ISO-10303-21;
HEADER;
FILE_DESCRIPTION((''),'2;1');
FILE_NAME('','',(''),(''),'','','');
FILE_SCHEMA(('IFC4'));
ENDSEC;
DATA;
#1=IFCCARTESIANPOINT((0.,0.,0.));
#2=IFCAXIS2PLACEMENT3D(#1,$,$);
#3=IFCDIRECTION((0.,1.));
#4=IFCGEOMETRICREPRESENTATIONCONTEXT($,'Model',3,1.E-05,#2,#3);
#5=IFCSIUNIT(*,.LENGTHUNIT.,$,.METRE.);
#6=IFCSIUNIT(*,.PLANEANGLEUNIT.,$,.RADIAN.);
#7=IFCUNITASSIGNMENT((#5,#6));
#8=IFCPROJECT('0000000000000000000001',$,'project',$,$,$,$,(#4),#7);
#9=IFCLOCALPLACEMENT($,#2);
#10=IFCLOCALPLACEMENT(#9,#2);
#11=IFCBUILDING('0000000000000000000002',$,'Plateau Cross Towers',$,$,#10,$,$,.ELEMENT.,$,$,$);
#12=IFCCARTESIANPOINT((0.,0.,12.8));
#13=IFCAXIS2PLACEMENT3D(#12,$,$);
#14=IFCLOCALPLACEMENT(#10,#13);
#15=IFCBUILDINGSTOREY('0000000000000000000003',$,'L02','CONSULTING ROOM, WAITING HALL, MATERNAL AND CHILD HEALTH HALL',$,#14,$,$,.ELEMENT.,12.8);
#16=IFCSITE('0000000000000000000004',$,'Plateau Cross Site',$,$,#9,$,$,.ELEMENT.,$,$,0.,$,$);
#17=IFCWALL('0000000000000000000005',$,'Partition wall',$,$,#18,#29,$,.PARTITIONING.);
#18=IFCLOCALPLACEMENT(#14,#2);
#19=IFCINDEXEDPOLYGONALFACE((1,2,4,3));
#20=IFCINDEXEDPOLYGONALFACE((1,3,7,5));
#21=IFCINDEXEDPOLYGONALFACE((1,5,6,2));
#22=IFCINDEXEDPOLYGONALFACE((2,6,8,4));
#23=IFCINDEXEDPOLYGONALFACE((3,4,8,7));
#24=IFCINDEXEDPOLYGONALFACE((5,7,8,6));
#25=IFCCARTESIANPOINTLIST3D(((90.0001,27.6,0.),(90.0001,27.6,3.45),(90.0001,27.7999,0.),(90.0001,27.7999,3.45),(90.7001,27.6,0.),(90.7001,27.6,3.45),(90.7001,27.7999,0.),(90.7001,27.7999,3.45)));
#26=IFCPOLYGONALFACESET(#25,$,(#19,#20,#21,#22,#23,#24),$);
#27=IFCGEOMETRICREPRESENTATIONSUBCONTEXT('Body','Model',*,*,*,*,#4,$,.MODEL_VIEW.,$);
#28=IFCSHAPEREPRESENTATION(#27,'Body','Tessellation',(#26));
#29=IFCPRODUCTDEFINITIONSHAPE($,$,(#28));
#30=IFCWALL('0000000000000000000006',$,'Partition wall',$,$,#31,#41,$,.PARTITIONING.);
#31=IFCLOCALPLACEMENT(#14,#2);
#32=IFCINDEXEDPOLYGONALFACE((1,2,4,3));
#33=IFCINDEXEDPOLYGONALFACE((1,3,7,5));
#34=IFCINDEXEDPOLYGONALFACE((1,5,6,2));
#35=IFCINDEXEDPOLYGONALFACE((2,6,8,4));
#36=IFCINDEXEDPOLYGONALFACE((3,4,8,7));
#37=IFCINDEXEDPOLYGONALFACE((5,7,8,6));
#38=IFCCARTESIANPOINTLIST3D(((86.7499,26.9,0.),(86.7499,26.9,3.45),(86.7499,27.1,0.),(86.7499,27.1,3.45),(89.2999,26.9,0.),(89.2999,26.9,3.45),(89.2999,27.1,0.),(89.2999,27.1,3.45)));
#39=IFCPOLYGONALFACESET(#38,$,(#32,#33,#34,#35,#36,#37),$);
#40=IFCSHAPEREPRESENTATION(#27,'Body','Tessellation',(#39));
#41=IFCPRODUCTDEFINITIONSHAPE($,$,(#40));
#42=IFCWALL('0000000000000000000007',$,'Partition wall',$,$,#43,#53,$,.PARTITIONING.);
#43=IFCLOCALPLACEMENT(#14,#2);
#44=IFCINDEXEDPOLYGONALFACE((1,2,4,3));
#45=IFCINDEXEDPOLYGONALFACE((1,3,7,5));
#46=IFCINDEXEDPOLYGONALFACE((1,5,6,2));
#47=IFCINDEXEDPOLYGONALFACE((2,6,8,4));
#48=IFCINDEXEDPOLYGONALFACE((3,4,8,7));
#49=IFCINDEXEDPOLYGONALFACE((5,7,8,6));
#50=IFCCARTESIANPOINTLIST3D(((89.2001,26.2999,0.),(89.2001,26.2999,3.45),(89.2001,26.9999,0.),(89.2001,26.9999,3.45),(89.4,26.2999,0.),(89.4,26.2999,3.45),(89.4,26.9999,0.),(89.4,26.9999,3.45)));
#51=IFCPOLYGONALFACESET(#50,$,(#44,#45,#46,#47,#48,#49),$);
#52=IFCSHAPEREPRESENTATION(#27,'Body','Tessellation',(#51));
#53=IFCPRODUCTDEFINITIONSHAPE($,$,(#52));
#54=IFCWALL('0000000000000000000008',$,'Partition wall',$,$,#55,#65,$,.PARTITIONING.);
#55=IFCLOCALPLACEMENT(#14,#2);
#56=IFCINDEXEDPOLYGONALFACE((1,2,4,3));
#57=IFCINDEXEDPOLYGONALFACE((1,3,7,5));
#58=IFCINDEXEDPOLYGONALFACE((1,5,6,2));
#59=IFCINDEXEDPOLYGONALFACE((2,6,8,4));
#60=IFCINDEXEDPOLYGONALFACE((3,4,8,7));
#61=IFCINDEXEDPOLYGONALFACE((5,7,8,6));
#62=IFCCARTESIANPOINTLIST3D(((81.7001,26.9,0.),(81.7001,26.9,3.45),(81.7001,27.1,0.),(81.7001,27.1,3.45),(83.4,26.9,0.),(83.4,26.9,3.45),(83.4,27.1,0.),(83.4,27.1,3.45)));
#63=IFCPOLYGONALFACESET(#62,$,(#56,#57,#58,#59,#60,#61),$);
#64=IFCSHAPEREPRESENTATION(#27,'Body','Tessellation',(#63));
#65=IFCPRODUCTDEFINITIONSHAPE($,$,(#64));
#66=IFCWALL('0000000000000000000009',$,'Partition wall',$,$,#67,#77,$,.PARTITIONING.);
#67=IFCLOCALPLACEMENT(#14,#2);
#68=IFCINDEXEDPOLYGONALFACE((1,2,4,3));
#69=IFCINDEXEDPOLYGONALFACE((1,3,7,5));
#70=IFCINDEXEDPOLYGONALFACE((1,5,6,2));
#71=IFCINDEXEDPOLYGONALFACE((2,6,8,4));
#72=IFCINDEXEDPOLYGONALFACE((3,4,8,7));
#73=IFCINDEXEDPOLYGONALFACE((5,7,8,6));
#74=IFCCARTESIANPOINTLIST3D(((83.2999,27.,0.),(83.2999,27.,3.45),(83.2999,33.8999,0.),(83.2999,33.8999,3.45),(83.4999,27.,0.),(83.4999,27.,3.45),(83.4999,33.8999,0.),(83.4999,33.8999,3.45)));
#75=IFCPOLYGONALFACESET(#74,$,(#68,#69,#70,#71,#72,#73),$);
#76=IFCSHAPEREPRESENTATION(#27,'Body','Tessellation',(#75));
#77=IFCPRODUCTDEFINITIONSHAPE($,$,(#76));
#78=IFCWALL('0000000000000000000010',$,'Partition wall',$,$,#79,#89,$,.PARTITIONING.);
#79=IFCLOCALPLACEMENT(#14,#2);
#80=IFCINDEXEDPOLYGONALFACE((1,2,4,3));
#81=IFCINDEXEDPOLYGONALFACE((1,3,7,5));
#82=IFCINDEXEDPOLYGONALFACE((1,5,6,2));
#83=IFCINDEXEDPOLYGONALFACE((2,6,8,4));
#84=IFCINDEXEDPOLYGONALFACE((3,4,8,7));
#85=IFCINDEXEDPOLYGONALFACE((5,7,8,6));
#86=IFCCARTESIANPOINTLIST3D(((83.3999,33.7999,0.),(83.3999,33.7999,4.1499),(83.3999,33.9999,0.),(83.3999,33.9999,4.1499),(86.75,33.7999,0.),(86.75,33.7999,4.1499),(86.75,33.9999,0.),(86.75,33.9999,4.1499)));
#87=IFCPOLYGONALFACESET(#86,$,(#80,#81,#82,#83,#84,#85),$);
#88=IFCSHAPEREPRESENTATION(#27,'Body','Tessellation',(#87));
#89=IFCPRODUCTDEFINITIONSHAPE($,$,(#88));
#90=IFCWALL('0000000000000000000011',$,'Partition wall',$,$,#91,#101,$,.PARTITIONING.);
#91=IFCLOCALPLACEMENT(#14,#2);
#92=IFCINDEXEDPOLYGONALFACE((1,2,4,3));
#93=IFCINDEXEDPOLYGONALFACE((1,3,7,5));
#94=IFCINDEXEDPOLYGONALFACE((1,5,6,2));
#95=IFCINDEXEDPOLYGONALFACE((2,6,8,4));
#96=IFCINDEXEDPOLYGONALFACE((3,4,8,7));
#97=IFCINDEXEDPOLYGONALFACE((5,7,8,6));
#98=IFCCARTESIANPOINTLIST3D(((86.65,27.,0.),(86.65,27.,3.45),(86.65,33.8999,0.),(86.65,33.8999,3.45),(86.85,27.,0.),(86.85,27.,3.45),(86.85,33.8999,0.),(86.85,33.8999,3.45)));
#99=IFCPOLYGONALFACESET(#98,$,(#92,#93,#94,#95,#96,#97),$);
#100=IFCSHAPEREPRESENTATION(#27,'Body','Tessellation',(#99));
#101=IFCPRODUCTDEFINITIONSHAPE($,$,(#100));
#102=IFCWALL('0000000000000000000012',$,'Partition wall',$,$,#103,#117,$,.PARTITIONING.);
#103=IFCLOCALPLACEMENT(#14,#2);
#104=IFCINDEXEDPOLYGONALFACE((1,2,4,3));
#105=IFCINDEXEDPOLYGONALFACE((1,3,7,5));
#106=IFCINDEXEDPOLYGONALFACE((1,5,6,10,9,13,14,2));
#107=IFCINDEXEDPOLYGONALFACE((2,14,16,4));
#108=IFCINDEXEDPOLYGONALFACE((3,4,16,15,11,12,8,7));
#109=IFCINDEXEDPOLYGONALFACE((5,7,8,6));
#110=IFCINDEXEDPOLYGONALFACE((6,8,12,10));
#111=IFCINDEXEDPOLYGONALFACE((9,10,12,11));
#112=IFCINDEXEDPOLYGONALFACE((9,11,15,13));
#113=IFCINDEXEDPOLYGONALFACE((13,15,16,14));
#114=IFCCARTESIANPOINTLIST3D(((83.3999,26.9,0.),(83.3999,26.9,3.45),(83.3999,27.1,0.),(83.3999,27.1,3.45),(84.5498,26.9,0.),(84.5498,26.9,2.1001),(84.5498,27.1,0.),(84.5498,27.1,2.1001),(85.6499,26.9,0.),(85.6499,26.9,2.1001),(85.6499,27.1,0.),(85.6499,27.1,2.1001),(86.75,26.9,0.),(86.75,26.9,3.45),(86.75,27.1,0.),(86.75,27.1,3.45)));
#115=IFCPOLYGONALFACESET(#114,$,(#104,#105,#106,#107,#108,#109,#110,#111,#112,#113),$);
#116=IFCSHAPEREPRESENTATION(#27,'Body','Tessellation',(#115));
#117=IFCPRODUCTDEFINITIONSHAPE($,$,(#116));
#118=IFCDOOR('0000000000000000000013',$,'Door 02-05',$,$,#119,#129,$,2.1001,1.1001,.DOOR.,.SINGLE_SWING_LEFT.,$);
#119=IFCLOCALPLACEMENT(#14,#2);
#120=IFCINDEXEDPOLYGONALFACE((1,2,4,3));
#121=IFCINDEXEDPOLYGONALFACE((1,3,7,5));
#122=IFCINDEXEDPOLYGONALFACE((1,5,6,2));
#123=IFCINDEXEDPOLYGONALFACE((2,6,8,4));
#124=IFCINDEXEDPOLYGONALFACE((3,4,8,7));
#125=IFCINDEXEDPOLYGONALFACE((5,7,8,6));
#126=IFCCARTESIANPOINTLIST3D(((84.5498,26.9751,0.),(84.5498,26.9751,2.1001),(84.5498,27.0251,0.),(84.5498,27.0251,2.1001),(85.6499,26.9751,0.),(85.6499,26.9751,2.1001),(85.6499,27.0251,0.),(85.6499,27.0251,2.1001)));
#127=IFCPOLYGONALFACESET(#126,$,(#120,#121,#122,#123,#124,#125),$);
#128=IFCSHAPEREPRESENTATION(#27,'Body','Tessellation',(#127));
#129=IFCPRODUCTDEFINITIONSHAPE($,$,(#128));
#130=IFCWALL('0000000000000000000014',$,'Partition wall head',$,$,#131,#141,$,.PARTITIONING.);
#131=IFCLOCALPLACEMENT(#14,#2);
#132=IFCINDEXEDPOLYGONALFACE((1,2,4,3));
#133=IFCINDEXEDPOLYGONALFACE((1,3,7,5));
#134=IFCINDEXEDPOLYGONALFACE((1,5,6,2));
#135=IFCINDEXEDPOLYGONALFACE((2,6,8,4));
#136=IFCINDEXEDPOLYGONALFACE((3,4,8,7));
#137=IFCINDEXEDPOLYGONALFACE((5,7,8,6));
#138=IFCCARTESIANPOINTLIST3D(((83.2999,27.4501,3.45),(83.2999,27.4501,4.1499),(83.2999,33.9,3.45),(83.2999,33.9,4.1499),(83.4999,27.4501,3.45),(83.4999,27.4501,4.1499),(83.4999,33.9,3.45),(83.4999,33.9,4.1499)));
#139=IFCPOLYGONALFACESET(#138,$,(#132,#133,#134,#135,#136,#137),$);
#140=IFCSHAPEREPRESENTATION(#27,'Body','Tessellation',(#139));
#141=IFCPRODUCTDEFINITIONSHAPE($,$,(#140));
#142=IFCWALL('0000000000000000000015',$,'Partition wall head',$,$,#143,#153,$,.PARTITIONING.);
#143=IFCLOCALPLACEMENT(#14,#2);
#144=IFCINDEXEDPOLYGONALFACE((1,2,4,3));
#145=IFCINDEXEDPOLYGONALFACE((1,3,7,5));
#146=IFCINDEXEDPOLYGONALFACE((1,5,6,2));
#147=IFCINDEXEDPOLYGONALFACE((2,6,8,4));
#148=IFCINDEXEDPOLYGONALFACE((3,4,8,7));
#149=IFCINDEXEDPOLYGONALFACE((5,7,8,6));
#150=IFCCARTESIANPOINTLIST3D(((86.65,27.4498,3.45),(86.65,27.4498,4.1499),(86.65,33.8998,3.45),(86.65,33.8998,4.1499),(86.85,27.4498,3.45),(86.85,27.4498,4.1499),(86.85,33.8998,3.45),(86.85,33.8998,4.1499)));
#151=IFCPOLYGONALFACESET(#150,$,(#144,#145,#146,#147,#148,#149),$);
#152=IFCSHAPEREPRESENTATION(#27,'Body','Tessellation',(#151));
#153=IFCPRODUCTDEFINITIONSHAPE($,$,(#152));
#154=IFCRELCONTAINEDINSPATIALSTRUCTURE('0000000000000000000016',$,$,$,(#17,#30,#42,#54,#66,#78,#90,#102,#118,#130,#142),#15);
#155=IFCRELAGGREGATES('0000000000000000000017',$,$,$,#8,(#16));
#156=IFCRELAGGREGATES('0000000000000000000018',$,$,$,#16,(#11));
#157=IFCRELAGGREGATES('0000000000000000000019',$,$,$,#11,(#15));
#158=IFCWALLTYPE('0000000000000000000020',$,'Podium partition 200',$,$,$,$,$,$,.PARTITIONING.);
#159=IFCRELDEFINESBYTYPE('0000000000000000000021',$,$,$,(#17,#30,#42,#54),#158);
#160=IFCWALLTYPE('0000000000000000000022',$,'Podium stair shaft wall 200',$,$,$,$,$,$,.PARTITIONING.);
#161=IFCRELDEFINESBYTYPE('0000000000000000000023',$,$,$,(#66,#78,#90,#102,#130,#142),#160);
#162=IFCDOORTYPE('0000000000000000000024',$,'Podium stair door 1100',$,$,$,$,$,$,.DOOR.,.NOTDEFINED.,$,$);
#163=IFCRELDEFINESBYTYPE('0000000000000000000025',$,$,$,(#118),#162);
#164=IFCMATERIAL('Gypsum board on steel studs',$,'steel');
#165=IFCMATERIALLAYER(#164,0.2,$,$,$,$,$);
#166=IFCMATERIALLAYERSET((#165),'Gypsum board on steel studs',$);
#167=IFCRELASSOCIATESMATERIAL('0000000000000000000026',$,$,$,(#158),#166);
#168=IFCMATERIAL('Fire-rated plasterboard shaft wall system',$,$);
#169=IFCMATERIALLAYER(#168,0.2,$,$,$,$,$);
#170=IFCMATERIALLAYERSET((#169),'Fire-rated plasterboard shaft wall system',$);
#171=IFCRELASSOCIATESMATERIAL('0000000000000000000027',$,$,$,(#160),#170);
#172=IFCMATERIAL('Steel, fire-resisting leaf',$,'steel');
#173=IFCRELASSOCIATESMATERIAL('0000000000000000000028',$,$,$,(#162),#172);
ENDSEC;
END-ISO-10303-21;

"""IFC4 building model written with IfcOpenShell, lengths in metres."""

from ifc_helpers import new_model, si_unit, direction, frame, frame_2d, origin, place, context, subcontext, project, spatial, rectangle, extrude, material, layer, layer_set, type_object, element, fill, save


model = new_model("IFC4")

# Units and contexts
model_context = context("Model", 3, precision=1e-05, world=origin(), true_north=direction((0.0, 1.0)))
body_context = subcontext(model_context, "Body", "Model", "MODEL_VIEW")
ifc_project = project(units=[si_unit("LENGTHUNIT", "METRE"), si_unit("PLANEANGLEUNIT", "RADIAN")], contexts=[model_context])

# Site, building, storey
site_placement = place(None, origin())
site = spatial("IfcSite", under=ifc_project, at=site_placement, Name="Plateau Cross Site", CompositionType="ELEMENT", RefElevation=0.0)
building_placement = place(site_placement, origin())
building = spatial("IfcBuilding", under=site, at=building_placement, Name="Plateau Cross Towers", CompositionType="ELEMENT")
storey_placement = place(building_placement, frame((0.0, 0.0, 12.8)))
storey = spatial("IfcBuildingStorey", under=building, at=storey_placement, Name="L02", Description="CONSULTING ROOM, WAITING HALL, MATERNAL AND CHILD HEALTH HALL", CompositionType="ELEMENT", Elevation=12.8)

# Shared definitions
ifc_material_1 = material(Name="Gypsum board on steel studs", Category="steel")
ifc_layer_1 = layer(ifc_material_1, 0.2)
ifc_layer_set_1 = layer_set([ifc_layer_1], Name="Gypsum board on steel studs")
wall_type_1 = type_object("IfcWallType", Name="Podium partition 200", PredefinedType="PARTITIONING", material=ifc_layer_set_1)

# Walls
wall_1_placement = place(storey_placement, frame((90.0, 27.7, 0.0), z_axis=(0.0, 0.0, 1.0), x_axis=(1.0, 0.0, 0.0)))
element("IfcWall", 1, at=wall_1_placement, inside=storey, type_object=wall_type_1, Name="Partition wall", PredefinedType="PARTITIONING", context=body_context, shape_type="SweptSolid", body=[
    extrude(rectangle(XDim=0.7, YDim=0.2, at=frame_2d((0.3501, 0.0))), origin(), (0.0, 0.0, 1.0), 3.45),
])
wall_2_placement = place(storey_placement, frame((86.75, 27.0, 0.0), z_axis=(0.0, 0.0, 1.0), x_axis=(1.0, 0.0, 0.0)))
element("IfcWall", 2, at=wall_2_placement, inside=storey, type_object=wall_type_1, Name="Partition wall", PredefinedType="PARTITIONING", context=body_context, shape_type="SweptSolid", body=[
    extrude(rectangle(XDim=2.55, YDim=0.2, at=frame_2d((1.2749, 0.0))), origin(), (0.0, 0.0, 1.0), 3.45),
])
wall_3_placement = place(storey_placement, frame((89.3, 27.0, 0.0), z_axis=(0.0, 0.0, 1.0), x_axis=(0.0, -1.0, 0.0)))
element("IfcWall", 3, at=wall_3_placement, inside=storey, type_object=wall_type_1, Name="Partition wall", PredefinedType="PARTITIONING", context=body_context, shape_type="SweptSolid", body=[
    extrude(rectangle(XDim=0.7, YDim=0.2, at=frame_2d((0.3501, 0.0))), origin(), (0.0, 0.0, 1.0), 3.45),
])
wall_4_placement = place(storey_placement, frame((81.7, 27.0, 0.0), z_axis=(0.0, 0.0, 1.0), x_axis=(1.0, 0.0, 0.0)))
element("IfcWall", 4, at=wall_4_placement, inside=storey, type_object=wall_type_1, Name="Partition wall", PredefinedType="PARTITIONING", context=body_context, shape_type="SweptSolid", body=[
    extrude(rectangle(XDim=1.7, YDim=0.2, at=frame_2d((0.8501, 0.0))), origin(), (0.0, 0.0, 1.0), 3.45),
])
ifc_material_2 = material(Name="Fire-rated plasterboard shaft wall system")
ifc_layer_2 = layer(ifc_material_2, 0.2)
ifc_layer_set_2 = layer_set([ifc_layer_2], Name="Fire-rated plasterboard shaft wall system")
wall_type_2 = type_object("IfcWallType", Name="Podium stair shaft wall 200", PredefinedType="PARTITIONING", material=ifc_layer_set_2)
wall_5_placement = place(storey_placement, frame((83.3999, 27.0, 0.0), z_axis=(0.0, 0.0, 1.0), x_axis=(0.0, 1.0, 0.0)))
element("IfcWall", 5, at=wall_5_placement, inside=storey, type_object=wall_type_2, Name="Partition wall", PredefinedType="PARTITIONING", context=body_context, shape_type="SweptSolid", body=[
    extrude(rectangle(XDim=6.8999, YDim=0.2, at=frame_2d((3.45, 0.0))), origin(), (0.0, 0.0, 1.0), 3.45),
])
wall_6_placement = place(storey_placement, frame((83.3999, 33.8999, 0.0), z_axis=(0.0, 0.0, 1.0), x_axis=(1.0, 0.0, 0.0)))
element("IfcWall", 6, at=wall_6_placement, inside=storey, type_object=wall_type_2, Name="Partition wall", PredefinedType="PARTITIONING", context=body_context, shape_type="SweptSolid", body=[
    extrude(rectangle(XDim=3.3501, YDim=0.2, at=frame_2d((1.675, 0.0))), origin(), (0.0, 0.0, 1.0), 4.1499),
])
wall_7_placement = place(storey_placement, frame((86.75, 33.8999, 0.0), z_axis=(0.0, 0.0, 1.0), x_axis=(0.0, -1.0, 0.0)))
element("IfcWall", 7, at=wall_7_placement, inside=storey, type_object=wall_type_2, Name="Partition wall", PredefinedType="PARTITIONING", context=body_context, shape_type="SweptSolid", body=[
    extrude(rectangle(XDim=6.8999, YDim=0.2, at=frame_2d((3.45, 0.0))), origin(), (0.0, 0.0, 1.0), 3.45),
])

# Wall, opening, door
wall_8_placement = place(storey_placement, frame((86.75, 27.0, 0.0), z_axis=(0.0, 0.0, 1.0), x_axis=(-1.0, 0.0, 0.0)))
wall_8 = element("IfcWall", 8, at=wall_8_placement, inside=storey, type_object=wall_type_2, Name="Partition wall", PredefinedType="PARTITIONING", context=body_context, shape_type="SweptSolid", body=[
    extrude(rectangle(XDim=3.3501, YDim=0.2, at=frame_2d((1.675, 0.0))), origin(), (0.0, 0.0, 1.0), 3.45),
])
opening_1_placement = place(wall_8_placement, frame((1.1001, 0.0, 0.0)))
opening_1 = element("IfcOpeningElement", 9, at=opening_1_placement, cuts=wall_8, PredefinedType="OPENING", context=body_context, shape_type="SweptSolid", body=[
    extrude(rectangle(XDim=1.1001, YDim=2.1001, at=frame_2d((0.55, 1.05))), frame((0.0, 0.1099, 0.0), z_axis=(0.0, -1.0, 0.0), x_axis=(1.0, 0.0, 0.0)), (0.0, 0.0, 1.0), 0.22),
])
ifc_material_3 = material(Name="Steel, fire-resisting leaf", Category="steel")
door_type_1 = type_object("IfcDoorType", Name="Podium stair door 1100", OperationType="NOTDEFINED", PredefinedType="DOOR", material=ifc_material_3)
door_1_placement = place(opening_1_placement, origin())
door_1 = element("IfcDoor", 10, at=door_1_placement, inside=storey, type_object=door_type_1, Name="Door 02-05", OperationType="SINGLE_SWING_LEFT", OverallHeight=2.1001, OverallWidth=1.1001, PredefinedType="DOOR", context=body_context, shape_type="SweptSolid", body=[
    extrude(rectangle(XDim=1.1001, YDim=2.1001, at=frame_2d((0.55, 1.05))), frame((0.0, 0.0249, 0.0), z_axis=(0.0, -1.0, 0.0), x_axis=(1.0, 0.0, 0.0)), (0.0, 0.0, 1.0), 0.05),
])
fill(opening_1, door_1)

# Walls
for number, where, z_axis, x_axis, name in (
    (11, (83.3999, 27.45, 3.45), (0.0, 0.0, 1.0), (0.0, 1.0, 0.0), "Partition wall head"),
    (12, (86.75, 33.8999, 3.45), (0.0, 0.0, 1.0), (0.0, -1.0, 0.0), "Partition wall head"),
):
    element("IfcWall", number, at=place(storey_placement, frame(where, z_axis=z_axis, x_axis=x_axis)), inside=storey, type_object=wall_type_2, Name=name, PredefinedType="PARTITIONING", context=body_context, shape_type="SweptSolid", body=[
        extrude(rectangle(XDim=6.45, YDim=0.2, at=frame_2d((3.2251, 0.0))), origin(), (0.0, 0.0, 1.0), 0.7),
    ])

save(model, "model.ifc")
